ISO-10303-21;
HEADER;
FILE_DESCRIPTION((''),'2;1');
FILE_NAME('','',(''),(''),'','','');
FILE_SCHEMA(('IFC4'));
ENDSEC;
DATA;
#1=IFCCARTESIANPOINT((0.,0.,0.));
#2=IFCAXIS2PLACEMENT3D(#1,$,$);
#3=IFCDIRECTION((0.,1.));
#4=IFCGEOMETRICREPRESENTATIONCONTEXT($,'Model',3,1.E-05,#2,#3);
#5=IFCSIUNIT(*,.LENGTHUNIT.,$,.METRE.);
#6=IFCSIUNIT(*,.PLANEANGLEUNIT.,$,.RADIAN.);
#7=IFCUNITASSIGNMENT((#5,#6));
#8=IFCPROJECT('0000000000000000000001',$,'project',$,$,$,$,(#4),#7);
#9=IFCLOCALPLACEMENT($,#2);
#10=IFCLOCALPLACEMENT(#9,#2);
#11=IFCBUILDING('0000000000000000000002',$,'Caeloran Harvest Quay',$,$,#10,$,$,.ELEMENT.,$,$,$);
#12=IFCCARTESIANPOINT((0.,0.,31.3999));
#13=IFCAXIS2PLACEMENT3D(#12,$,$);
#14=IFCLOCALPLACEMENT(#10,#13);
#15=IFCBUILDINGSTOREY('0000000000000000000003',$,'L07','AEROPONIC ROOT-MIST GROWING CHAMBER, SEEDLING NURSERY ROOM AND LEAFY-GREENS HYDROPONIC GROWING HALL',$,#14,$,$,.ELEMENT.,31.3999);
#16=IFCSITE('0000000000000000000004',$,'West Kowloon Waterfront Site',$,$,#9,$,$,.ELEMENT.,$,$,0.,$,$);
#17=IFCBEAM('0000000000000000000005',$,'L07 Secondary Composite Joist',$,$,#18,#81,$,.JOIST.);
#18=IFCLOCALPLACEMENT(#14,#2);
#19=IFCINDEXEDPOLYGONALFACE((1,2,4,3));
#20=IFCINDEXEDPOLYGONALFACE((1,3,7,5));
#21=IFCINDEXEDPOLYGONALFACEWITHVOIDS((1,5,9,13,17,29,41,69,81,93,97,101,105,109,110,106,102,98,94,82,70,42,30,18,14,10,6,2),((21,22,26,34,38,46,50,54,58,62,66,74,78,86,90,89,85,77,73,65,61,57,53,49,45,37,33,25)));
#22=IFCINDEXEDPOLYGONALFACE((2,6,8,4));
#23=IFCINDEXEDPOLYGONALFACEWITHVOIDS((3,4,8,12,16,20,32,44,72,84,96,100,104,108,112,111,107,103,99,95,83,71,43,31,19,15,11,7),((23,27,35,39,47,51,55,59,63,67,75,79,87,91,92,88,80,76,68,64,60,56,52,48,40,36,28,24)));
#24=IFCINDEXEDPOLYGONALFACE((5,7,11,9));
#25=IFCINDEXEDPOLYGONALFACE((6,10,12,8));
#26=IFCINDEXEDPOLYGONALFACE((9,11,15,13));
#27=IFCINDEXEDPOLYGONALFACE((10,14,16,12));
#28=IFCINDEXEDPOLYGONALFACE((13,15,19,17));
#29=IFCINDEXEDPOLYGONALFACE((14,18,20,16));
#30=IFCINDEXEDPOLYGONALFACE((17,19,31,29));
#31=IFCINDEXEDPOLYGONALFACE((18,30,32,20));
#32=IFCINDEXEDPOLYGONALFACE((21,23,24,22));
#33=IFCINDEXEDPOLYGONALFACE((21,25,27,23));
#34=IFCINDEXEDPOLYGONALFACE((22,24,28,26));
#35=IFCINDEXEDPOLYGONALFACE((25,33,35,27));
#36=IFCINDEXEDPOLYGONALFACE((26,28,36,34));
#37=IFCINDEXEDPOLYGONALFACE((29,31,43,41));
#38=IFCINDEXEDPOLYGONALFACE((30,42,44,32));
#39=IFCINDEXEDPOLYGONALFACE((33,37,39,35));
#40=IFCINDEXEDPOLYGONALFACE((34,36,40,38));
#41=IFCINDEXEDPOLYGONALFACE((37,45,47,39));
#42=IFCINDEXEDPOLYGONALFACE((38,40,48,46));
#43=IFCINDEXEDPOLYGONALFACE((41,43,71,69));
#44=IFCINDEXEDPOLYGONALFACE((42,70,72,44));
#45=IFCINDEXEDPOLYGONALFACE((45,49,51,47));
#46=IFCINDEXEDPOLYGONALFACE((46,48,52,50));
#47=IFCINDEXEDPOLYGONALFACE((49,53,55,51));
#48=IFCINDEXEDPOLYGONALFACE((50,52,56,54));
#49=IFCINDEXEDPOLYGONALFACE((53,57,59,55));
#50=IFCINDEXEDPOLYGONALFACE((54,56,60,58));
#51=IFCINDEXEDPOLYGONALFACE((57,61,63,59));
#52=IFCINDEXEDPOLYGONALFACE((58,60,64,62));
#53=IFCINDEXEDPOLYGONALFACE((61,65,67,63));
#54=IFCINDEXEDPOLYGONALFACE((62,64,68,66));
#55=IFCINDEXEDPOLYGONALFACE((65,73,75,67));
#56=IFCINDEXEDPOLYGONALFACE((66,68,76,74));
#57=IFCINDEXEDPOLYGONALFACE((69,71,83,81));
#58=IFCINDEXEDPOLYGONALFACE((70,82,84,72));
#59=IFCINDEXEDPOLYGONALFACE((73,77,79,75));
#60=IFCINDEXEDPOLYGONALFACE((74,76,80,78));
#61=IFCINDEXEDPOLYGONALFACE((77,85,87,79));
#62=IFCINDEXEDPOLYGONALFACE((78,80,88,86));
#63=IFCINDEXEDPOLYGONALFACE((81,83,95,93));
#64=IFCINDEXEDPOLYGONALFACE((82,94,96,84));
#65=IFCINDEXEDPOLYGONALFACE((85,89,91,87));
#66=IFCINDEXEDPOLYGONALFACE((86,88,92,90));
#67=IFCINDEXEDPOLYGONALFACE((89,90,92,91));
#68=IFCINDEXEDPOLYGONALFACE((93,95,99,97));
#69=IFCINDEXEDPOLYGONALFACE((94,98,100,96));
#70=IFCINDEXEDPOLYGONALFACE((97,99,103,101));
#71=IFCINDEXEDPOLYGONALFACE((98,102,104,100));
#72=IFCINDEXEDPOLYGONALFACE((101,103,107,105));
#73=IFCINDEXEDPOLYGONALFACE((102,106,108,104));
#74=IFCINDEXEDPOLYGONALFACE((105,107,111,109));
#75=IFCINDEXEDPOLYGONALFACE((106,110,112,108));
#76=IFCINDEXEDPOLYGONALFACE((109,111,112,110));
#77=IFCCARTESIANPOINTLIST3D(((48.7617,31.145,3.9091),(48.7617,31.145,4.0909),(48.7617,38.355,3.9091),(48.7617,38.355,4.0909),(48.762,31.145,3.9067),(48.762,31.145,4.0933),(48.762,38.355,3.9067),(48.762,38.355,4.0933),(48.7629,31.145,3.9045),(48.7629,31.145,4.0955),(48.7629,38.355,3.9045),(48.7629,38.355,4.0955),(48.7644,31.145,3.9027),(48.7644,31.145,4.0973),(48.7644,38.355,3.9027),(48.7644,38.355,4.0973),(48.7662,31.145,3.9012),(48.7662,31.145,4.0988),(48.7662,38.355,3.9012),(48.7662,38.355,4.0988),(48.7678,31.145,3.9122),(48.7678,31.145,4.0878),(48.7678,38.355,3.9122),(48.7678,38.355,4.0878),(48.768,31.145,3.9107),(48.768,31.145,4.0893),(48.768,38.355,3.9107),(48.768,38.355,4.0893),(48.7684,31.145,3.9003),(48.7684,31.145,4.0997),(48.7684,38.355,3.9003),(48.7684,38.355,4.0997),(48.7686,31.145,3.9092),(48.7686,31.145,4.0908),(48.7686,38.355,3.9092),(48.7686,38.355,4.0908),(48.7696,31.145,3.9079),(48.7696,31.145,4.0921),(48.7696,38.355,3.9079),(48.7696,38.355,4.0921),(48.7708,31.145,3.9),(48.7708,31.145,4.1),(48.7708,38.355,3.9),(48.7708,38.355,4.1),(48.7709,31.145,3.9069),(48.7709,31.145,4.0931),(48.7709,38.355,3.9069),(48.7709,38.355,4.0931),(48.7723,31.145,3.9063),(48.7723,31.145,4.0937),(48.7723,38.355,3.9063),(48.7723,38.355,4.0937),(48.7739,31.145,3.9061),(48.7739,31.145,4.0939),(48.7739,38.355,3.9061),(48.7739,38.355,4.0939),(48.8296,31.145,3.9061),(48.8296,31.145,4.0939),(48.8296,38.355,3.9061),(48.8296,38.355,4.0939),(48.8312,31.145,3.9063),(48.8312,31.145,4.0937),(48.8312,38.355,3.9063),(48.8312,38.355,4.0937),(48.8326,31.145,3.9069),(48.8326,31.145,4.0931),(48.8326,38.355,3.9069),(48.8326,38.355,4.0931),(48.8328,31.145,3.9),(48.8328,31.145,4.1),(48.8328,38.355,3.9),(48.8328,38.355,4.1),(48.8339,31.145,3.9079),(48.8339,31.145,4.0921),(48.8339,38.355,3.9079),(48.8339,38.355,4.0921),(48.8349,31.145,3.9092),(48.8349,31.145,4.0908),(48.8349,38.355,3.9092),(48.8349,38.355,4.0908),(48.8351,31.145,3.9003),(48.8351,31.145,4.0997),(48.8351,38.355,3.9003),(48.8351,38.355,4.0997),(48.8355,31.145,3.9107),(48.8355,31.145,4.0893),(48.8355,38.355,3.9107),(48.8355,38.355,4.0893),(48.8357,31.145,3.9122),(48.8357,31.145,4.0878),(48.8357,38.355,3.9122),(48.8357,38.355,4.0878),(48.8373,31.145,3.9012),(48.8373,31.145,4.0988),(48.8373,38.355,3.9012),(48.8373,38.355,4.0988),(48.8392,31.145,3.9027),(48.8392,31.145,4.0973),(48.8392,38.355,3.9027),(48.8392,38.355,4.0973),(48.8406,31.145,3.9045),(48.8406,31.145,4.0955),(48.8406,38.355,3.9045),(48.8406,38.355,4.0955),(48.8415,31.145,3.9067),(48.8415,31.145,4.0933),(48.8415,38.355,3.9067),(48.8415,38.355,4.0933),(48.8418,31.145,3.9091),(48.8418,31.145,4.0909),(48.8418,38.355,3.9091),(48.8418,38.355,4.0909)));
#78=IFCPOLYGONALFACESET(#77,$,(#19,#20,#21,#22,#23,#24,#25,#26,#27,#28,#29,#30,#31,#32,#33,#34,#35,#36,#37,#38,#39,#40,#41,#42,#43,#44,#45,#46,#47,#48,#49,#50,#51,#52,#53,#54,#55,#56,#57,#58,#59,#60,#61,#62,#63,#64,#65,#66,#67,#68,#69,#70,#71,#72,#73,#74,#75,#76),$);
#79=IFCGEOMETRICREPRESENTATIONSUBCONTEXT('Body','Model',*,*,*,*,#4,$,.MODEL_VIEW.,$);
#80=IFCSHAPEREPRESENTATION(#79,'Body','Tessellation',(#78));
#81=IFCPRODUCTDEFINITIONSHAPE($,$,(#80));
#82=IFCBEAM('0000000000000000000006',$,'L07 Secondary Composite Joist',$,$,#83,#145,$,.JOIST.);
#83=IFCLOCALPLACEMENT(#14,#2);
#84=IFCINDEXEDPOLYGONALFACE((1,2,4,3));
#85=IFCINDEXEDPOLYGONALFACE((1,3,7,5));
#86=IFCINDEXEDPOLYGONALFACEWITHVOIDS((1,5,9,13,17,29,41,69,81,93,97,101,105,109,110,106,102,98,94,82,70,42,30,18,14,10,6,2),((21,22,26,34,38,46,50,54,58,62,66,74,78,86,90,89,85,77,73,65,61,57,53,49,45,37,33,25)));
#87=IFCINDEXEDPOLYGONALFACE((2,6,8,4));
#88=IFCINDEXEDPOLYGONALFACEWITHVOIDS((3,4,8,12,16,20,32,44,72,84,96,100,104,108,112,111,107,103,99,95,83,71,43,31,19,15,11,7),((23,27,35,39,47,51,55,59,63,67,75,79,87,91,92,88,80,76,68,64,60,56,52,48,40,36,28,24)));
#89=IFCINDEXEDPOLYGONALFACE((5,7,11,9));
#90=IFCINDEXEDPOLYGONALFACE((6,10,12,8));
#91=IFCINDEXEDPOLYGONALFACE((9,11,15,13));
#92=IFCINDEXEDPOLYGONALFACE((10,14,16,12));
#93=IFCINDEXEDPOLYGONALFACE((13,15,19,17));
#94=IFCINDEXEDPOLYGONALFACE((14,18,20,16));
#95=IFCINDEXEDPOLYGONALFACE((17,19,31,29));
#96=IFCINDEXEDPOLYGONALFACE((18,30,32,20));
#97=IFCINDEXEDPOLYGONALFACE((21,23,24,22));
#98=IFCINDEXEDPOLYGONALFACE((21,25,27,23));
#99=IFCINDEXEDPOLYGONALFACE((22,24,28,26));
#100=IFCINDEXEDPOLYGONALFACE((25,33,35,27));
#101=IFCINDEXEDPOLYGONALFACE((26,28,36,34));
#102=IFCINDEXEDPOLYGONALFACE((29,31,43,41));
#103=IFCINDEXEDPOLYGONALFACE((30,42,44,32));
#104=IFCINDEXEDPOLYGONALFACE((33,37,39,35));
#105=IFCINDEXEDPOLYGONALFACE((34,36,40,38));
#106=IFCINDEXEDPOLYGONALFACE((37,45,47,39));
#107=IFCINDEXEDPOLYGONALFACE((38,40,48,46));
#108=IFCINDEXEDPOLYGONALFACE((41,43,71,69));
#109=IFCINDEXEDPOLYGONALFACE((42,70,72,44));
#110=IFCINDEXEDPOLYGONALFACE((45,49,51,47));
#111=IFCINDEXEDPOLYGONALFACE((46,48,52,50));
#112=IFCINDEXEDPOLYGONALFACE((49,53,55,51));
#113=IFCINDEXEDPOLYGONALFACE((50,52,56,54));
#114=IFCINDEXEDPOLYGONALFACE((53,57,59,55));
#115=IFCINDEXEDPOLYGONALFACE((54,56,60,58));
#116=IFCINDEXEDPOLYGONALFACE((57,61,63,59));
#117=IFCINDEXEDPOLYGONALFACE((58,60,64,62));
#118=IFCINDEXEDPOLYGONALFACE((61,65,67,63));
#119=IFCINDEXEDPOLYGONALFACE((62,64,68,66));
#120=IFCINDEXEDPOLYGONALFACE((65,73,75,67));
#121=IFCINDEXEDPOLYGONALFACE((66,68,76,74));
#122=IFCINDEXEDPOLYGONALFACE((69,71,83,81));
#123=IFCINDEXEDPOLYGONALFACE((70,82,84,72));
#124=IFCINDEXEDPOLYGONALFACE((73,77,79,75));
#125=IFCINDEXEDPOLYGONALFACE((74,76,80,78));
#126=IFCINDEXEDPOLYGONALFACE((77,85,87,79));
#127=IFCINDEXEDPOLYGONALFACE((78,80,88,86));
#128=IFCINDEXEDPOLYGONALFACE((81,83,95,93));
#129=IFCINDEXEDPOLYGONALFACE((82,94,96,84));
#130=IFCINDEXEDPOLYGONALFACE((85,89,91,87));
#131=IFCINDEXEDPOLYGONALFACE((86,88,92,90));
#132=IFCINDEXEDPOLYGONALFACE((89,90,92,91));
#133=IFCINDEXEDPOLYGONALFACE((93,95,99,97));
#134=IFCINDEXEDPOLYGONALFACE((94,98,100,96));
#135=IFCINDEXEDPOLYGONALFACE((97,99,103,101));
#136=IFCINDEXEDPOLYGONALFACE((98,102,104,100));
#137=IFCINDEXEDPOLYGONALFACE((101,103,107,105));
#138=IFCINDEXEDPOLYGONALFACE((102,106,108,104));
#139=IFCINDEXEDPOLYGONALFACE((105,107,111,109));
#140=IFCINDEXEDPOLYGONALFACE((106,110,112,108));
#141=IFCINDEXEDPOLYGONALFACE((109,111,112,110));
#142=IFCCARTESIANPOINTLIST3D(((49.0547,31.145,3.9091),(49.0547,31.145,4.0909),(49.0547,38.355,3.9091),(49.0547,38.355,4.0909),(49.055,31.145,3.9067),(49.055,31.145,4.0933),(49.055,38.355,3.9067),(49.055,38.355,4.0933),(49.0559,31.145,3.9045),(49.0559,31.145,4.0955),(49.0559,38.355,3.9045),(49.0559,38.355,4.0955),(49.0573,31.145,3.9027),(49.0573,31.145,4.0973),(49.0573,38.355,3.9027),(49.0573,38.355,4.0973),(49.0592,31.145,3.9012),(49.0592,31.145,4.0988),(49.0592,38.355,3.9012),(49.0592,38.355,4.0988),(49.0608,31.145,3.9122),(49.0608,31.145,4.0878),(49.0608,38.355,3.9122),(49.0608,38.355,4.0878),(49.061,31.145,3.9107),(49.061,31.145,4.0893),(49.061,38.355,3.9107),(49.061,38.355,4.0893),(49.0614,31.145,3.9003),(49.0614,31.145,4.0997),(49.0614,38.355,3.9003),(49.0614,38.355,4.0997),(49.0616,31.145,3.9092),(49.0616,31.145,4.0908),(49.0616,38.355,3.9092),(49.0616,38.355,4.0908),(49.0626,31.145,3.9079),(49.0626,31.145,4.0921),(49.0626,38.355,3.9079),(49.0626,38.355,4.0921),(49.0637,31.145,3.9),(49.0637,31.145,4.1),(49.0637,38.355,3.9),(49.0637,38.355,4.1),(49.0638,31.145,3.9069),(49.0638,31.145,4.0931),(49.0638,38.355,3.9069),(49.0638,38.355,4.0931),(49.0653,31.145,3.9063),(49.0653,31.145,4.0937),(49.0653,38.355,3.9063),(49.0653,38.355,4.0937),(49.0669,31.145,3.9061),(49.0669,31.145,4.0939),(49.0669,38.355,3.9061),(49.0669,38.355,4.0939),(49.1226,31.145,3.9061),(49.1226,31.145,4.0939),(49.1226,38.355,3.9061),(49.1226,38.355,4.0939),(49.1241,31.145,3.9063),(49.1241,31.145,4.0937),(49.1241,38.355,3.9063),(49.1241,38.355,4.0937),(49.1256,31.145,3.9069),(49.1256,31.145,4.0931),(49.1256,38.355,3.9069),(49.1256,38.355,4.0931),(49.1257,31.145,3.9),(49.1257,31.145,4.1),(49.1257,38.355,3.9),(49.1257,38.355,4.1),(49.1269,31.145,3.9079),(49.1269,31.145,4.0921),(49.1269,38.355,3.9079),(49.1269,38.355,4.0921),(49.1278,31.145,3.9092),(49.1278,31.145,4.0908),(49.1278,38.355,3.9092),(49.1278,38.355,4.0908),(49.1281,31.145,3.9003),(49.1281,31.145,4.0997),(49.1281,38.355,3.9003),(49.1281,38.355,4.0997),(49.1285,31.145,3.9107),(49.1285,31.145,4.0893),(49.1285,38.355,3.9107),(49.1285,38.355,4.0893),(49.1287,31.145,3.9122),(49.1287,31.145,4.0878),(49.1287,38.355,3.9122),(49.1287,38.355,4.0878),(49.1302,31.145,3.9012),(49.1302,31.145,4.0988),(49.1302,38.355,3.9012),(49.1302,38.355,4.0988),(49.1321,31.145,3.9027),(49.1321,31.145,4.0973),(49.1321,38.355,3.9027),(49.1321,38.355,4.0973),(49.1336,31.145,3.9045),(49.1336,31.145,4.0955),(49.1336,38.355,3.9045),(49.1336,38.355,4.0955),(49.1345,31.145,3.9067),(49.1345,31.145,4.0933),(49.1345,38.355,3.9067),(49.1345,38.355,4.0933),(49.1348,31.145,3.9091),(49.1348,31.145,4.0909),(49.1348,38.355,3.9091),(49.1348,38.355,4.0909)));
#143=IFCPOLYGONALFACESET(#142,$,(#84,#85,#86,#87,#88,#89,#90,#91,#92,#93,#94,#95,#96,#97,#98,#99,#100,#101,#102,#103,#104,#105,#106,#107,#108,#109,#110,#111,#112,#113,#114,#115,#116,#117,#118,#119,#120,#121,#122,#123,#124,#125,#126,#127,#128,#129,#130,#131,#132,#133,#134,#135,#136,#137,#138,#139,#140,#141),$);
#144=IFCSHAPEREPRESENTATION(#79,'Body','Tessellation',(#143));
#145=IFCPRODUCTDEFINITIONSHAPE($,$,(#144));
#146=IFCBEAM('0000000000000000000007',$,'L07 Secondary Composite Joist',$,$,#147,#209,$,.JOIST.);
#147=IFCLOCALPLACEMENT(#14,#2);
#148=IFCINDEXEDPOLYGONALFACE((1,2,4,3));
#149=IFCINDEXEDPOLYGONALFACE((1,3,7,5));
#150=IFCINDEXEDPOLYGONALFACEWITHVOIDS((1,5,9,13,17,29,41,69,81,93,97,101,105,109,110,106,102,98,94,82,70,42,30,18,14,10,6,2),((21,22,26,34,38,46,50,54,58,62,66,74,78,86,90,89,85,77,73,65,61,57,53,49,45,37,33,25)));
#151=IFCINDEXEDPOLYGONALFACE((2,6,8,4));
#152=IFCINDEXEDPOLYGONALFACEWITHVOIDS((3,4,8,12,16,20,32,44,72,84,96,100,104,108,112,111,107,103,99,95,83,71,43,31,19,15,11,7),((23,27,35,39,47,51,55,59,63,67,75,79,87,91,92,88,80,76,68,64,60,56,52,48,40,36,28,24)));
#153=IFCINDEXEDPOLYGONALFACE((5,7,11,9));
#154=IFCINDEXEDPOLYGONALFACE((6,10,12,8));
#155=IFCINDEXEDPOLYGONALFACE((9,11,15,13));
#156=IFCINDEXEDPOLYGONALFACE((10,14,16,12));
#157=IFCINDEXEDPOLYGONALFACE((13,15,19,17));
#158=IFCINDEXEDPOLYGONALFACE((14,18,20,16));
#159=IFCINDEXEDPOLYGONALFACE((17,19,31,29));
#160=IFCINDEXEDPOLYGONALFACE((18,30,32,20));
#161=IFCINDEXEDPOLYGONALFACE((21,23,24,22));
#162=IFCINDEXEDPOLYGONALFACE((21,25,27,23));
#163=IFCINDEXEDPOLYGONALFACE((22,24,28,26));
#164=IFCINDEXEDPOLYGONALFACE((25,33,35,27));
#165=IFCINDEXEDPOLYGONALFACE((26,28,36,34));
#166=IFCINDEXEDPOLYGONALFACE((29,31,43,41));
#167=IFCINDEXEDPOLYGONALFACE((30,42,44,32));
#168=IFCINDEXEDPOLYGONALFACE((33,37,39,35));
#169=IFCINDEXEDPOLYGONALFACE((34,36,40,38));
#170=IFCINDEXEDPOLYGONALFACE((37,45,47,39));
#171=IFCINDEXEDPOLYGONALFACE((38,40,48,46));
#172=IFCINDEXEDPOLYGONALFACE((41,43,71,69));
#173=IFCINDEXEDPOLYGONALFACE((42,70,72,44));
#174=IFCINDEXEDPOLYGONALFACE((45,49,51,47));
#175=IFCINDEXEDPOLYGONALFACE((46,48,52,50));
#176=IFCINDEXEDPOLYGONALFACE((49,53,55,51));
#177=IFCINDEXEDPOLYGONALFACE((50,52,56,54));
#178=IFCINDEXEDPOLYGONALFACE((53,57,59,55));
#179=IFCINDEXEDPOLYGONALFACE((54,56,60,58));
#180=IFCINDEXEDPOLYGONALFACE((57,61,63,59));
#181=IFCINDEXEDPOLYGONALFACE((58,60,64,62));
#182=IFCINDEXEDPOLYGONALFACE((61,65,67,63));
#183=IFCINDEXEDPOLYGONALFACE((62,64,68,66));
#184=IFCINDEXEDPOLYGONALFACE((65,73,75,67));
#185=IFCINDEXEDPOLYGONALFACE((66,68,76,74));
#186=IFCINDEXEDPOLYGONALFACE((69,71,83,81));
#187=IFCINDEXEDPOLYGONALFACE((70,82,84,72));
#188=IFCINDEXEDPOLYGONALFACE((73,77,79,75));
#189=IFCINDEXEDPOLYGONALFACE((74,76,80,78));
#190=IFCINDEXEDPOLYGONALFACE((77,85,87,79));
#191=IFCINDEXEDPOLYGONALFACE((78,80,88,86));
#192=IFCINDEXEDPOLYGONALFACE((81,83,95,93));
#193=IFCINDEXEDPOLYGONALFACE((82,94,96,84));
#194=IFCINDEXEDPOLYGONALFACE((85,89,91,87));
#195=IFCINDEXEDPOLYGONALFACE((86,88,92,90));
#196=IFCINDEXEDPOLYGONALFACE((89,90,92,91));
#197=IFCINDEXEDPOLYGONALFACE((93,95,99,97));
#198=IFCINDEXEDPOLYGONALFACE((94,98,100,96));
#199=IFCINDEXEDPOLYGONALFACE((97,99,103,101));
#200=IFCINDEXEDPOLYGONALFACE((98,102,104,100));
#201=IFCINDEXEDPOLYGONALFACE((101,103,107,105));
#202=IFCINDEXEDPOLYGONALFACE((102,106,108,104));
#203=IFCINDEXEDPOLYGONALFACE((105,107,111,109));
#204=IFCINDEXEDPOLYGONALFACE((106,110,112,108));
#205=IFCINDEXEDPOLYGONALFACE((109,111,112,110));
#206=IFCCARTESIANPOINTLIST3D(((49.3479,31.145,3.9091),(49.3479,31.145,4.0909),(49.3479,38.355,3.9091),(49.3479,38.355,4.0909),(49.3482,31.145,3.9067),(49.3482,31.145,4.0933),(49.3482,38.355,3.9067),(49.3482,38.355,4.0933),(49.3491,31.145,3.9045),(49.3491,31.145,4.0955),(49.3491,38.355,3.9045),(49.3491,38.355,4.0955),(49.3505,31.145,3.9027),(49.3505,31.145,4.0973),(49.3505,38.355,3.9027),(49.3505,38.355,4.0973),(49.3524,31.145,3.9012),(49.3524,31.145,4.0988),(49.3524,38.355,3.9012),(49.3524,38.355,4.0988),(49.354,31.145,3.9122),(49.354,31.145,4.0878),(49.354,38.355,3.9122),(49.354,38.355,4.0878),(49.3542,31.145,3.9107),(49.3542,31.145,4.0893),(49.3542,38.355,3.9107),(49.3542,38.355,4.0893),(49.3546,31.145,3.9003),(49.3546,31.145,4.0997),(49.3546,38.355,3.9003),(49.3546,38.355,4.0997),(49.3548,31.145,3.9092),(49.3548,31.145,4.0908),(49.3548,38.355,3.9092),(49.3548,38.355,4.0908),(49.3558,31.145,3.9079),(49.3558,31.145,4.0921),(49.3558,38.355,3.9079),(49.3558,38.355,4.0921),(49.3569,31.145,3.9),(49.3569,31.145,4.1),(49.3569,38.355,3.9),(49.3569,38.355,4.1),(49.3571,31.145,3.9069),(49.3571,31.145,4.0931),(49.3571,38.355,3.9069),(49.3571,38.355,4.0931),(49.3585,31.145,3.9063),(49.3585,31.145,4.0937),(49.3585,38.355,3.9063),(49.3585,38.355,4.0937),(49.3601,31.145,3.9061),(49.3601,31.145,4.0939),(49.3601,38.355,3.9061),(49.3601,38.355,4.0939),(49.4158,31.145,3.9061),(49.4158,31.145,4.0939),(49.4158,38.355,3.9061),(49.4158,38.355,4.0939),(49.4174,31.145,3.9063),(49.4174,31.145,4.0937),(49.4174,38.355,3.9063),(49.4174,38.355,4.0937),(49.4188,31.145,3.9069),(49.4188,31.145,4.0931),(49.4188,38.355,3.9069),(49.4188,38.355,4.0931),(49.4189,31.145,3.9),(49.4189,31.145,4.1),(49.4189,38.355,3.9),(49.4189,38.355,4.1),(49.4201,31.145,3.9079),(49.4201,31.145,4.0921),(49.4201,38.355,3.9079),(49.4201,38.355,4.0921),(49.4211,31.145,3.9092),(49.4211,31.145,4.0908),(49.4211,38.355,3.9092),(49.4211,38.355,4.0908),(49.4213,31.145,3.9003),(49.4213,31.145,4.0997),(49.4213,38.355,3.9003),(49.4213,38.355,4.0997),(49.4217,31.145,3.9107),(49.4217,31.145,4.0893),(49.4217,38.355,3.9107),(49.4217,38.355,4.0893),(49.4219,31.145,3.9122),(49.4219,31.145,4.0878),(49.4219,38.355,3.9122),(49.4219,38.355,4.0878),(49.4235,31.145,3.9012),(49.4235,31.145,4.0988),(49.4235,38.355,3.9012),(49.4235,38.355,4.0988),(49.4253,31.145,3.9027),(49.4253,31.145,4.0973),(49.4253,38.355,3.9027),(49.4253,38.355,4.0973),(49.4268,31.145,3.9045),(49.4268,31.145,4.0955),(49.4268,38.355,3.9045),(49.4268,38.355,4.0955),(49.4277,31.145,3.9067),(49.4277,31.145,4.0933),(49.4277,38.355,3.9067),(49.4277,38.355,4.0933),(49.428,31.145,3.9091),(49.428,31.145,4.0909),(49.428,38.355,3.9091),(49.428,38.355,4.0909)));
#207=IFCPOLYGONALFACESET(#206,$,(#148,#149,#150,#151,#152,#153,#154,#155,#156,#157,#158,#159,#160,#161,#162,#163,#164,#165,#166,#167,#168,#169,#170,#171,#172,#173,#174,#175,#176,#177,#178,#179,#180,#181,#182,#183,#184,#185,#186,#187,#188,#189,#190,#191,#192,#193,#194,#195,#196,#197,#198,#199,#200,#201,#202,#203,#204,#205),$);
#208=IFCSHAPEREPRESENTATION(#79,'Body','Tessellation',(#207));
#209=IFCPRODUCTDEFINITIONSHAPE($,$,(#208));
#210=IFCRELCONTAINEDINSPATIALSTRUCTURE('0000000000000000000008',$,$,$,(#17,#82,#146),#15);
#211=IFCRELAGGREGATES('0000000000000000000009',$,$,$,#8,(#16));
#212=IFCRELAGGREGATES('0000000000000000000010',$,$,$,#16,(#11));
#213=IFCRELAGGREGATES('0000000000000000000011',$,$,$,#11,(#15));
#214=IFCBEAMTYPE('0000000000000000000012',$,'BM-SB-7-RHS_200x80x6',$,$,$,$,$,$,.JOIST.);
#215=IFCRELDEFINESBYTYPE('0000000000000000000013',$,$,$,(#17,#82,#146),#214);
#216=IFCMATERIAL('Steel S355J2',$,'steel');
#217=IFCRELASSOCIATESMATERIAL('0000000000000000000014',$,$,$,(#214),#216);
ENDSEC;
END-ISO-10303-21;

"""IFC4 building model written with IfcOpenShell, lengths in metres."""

from ifc_helpers import new_model, si_unit, direction, frame, origin, origin_2d, place, context, subcontext, project, spatial, hollow_rectangle, extrude, material, material_profile, profile_set, type_object, element, save


model = new_model("IFC4")

# Units and contexts
model_context = context("Model", 3, precision=1e-05, world=origin(), true_north=direction((0.0, 1.0)))
body_context = subcontext(model_context, "Body", "Model", "MODEL_VIEW")
ifc_project = project(units=[si_unit("LENGTHUNIT", "METRE"), si_unit("PLANEANGLEUNIT", "RADIAN")], contexts=[model_context])

# Site, building, storey
site_placement = place(None, origin())
site = spatial("IfcSite", under=ifc_project, at=site_placement, Name="West Kowloon Waterfront Site", CompositionType="ELEMENT", RefElevation=0.0)
building_placement = place(site_placement, origin())
building = spatial("IfcBuilding", under=site, at=building_placement, Name="Caeloran Harvest Quay", CompositionType="ELEMENT")
storey_placement = place(building_placement, frame((0.0, 0.0, 31.3999)))
storey = spatial("IfcBuildingStorey", under=building, at=storey_placement, Name="L07", Description="AEROPONIC ROOT-MIST GROWING CHAMBER, SEEDLING NURSERY ROOM AND LEAFY-GREENS HYDROPONIC GROWING HALL", CompositionType="ELEMENT", Elevation=31.3999)

# Beams
ifc_material_1 = material(Name="Steel S355J2", Category="steel")
ifc_material_profile_1 = material_profile(ifc_material_1, hollow_rectangle(XDim=0.0801, YDim=0.2, WallThickness=0.0061, InnerFilletRadius=0.0061, OuterFilletRadius=0.009, at=origin_2d()), Name="RHS 200x80x6")
ifc_profile_set_1 = profile_set([ifc_material_profile_1], Name="Steel S355J2")
beam_type_1 = type_object("IfcBeamType", Name="BM-SB-7-RHS_200x80x6", PredefinedType="JOIST", material=ifc_profile_set_1)
for number, where, z_axis, x_axis, name in (
    (1, (48.8018, 31.145, 4.0), (0.0, 1.0, 0.0), (-1.0, 0.0, 0.0), "L07 Secondary Composite Joist"),
    (2, (49.0947, 31.145, 4.0), (0.0, 1.0, 0.0), (-1.0, 0.0, 0.0), "L07 Secondary Composite Joist"),
    (3, (49.3879, 31.145, 4.0), (0.0, 1.0, 0.0), (-1.0, 0.0, 0.0), "L07 Secondary Composite Joist"),
):
    element("IfcBeam", number, at=place(storey_placement, frame(where, z_axis=z_axis, x_axis=x_axis)), inside=storey, type_object=beam_type_1, Name=name, PredefinedType="JOIST", context=body_context, shape_type="SweptSolid", body=[
        extrude(hollow_rectangle(XDim=0.0801, YDim=0.2, WallThickness=0.0061, InnerFilletRadius=0.0061, OuterFilletRadius=0.009, at=origin_2d()), origin(), (0.0, 0.0, 1.0), 7.21),
    ])

save(model, "model.ifc")
